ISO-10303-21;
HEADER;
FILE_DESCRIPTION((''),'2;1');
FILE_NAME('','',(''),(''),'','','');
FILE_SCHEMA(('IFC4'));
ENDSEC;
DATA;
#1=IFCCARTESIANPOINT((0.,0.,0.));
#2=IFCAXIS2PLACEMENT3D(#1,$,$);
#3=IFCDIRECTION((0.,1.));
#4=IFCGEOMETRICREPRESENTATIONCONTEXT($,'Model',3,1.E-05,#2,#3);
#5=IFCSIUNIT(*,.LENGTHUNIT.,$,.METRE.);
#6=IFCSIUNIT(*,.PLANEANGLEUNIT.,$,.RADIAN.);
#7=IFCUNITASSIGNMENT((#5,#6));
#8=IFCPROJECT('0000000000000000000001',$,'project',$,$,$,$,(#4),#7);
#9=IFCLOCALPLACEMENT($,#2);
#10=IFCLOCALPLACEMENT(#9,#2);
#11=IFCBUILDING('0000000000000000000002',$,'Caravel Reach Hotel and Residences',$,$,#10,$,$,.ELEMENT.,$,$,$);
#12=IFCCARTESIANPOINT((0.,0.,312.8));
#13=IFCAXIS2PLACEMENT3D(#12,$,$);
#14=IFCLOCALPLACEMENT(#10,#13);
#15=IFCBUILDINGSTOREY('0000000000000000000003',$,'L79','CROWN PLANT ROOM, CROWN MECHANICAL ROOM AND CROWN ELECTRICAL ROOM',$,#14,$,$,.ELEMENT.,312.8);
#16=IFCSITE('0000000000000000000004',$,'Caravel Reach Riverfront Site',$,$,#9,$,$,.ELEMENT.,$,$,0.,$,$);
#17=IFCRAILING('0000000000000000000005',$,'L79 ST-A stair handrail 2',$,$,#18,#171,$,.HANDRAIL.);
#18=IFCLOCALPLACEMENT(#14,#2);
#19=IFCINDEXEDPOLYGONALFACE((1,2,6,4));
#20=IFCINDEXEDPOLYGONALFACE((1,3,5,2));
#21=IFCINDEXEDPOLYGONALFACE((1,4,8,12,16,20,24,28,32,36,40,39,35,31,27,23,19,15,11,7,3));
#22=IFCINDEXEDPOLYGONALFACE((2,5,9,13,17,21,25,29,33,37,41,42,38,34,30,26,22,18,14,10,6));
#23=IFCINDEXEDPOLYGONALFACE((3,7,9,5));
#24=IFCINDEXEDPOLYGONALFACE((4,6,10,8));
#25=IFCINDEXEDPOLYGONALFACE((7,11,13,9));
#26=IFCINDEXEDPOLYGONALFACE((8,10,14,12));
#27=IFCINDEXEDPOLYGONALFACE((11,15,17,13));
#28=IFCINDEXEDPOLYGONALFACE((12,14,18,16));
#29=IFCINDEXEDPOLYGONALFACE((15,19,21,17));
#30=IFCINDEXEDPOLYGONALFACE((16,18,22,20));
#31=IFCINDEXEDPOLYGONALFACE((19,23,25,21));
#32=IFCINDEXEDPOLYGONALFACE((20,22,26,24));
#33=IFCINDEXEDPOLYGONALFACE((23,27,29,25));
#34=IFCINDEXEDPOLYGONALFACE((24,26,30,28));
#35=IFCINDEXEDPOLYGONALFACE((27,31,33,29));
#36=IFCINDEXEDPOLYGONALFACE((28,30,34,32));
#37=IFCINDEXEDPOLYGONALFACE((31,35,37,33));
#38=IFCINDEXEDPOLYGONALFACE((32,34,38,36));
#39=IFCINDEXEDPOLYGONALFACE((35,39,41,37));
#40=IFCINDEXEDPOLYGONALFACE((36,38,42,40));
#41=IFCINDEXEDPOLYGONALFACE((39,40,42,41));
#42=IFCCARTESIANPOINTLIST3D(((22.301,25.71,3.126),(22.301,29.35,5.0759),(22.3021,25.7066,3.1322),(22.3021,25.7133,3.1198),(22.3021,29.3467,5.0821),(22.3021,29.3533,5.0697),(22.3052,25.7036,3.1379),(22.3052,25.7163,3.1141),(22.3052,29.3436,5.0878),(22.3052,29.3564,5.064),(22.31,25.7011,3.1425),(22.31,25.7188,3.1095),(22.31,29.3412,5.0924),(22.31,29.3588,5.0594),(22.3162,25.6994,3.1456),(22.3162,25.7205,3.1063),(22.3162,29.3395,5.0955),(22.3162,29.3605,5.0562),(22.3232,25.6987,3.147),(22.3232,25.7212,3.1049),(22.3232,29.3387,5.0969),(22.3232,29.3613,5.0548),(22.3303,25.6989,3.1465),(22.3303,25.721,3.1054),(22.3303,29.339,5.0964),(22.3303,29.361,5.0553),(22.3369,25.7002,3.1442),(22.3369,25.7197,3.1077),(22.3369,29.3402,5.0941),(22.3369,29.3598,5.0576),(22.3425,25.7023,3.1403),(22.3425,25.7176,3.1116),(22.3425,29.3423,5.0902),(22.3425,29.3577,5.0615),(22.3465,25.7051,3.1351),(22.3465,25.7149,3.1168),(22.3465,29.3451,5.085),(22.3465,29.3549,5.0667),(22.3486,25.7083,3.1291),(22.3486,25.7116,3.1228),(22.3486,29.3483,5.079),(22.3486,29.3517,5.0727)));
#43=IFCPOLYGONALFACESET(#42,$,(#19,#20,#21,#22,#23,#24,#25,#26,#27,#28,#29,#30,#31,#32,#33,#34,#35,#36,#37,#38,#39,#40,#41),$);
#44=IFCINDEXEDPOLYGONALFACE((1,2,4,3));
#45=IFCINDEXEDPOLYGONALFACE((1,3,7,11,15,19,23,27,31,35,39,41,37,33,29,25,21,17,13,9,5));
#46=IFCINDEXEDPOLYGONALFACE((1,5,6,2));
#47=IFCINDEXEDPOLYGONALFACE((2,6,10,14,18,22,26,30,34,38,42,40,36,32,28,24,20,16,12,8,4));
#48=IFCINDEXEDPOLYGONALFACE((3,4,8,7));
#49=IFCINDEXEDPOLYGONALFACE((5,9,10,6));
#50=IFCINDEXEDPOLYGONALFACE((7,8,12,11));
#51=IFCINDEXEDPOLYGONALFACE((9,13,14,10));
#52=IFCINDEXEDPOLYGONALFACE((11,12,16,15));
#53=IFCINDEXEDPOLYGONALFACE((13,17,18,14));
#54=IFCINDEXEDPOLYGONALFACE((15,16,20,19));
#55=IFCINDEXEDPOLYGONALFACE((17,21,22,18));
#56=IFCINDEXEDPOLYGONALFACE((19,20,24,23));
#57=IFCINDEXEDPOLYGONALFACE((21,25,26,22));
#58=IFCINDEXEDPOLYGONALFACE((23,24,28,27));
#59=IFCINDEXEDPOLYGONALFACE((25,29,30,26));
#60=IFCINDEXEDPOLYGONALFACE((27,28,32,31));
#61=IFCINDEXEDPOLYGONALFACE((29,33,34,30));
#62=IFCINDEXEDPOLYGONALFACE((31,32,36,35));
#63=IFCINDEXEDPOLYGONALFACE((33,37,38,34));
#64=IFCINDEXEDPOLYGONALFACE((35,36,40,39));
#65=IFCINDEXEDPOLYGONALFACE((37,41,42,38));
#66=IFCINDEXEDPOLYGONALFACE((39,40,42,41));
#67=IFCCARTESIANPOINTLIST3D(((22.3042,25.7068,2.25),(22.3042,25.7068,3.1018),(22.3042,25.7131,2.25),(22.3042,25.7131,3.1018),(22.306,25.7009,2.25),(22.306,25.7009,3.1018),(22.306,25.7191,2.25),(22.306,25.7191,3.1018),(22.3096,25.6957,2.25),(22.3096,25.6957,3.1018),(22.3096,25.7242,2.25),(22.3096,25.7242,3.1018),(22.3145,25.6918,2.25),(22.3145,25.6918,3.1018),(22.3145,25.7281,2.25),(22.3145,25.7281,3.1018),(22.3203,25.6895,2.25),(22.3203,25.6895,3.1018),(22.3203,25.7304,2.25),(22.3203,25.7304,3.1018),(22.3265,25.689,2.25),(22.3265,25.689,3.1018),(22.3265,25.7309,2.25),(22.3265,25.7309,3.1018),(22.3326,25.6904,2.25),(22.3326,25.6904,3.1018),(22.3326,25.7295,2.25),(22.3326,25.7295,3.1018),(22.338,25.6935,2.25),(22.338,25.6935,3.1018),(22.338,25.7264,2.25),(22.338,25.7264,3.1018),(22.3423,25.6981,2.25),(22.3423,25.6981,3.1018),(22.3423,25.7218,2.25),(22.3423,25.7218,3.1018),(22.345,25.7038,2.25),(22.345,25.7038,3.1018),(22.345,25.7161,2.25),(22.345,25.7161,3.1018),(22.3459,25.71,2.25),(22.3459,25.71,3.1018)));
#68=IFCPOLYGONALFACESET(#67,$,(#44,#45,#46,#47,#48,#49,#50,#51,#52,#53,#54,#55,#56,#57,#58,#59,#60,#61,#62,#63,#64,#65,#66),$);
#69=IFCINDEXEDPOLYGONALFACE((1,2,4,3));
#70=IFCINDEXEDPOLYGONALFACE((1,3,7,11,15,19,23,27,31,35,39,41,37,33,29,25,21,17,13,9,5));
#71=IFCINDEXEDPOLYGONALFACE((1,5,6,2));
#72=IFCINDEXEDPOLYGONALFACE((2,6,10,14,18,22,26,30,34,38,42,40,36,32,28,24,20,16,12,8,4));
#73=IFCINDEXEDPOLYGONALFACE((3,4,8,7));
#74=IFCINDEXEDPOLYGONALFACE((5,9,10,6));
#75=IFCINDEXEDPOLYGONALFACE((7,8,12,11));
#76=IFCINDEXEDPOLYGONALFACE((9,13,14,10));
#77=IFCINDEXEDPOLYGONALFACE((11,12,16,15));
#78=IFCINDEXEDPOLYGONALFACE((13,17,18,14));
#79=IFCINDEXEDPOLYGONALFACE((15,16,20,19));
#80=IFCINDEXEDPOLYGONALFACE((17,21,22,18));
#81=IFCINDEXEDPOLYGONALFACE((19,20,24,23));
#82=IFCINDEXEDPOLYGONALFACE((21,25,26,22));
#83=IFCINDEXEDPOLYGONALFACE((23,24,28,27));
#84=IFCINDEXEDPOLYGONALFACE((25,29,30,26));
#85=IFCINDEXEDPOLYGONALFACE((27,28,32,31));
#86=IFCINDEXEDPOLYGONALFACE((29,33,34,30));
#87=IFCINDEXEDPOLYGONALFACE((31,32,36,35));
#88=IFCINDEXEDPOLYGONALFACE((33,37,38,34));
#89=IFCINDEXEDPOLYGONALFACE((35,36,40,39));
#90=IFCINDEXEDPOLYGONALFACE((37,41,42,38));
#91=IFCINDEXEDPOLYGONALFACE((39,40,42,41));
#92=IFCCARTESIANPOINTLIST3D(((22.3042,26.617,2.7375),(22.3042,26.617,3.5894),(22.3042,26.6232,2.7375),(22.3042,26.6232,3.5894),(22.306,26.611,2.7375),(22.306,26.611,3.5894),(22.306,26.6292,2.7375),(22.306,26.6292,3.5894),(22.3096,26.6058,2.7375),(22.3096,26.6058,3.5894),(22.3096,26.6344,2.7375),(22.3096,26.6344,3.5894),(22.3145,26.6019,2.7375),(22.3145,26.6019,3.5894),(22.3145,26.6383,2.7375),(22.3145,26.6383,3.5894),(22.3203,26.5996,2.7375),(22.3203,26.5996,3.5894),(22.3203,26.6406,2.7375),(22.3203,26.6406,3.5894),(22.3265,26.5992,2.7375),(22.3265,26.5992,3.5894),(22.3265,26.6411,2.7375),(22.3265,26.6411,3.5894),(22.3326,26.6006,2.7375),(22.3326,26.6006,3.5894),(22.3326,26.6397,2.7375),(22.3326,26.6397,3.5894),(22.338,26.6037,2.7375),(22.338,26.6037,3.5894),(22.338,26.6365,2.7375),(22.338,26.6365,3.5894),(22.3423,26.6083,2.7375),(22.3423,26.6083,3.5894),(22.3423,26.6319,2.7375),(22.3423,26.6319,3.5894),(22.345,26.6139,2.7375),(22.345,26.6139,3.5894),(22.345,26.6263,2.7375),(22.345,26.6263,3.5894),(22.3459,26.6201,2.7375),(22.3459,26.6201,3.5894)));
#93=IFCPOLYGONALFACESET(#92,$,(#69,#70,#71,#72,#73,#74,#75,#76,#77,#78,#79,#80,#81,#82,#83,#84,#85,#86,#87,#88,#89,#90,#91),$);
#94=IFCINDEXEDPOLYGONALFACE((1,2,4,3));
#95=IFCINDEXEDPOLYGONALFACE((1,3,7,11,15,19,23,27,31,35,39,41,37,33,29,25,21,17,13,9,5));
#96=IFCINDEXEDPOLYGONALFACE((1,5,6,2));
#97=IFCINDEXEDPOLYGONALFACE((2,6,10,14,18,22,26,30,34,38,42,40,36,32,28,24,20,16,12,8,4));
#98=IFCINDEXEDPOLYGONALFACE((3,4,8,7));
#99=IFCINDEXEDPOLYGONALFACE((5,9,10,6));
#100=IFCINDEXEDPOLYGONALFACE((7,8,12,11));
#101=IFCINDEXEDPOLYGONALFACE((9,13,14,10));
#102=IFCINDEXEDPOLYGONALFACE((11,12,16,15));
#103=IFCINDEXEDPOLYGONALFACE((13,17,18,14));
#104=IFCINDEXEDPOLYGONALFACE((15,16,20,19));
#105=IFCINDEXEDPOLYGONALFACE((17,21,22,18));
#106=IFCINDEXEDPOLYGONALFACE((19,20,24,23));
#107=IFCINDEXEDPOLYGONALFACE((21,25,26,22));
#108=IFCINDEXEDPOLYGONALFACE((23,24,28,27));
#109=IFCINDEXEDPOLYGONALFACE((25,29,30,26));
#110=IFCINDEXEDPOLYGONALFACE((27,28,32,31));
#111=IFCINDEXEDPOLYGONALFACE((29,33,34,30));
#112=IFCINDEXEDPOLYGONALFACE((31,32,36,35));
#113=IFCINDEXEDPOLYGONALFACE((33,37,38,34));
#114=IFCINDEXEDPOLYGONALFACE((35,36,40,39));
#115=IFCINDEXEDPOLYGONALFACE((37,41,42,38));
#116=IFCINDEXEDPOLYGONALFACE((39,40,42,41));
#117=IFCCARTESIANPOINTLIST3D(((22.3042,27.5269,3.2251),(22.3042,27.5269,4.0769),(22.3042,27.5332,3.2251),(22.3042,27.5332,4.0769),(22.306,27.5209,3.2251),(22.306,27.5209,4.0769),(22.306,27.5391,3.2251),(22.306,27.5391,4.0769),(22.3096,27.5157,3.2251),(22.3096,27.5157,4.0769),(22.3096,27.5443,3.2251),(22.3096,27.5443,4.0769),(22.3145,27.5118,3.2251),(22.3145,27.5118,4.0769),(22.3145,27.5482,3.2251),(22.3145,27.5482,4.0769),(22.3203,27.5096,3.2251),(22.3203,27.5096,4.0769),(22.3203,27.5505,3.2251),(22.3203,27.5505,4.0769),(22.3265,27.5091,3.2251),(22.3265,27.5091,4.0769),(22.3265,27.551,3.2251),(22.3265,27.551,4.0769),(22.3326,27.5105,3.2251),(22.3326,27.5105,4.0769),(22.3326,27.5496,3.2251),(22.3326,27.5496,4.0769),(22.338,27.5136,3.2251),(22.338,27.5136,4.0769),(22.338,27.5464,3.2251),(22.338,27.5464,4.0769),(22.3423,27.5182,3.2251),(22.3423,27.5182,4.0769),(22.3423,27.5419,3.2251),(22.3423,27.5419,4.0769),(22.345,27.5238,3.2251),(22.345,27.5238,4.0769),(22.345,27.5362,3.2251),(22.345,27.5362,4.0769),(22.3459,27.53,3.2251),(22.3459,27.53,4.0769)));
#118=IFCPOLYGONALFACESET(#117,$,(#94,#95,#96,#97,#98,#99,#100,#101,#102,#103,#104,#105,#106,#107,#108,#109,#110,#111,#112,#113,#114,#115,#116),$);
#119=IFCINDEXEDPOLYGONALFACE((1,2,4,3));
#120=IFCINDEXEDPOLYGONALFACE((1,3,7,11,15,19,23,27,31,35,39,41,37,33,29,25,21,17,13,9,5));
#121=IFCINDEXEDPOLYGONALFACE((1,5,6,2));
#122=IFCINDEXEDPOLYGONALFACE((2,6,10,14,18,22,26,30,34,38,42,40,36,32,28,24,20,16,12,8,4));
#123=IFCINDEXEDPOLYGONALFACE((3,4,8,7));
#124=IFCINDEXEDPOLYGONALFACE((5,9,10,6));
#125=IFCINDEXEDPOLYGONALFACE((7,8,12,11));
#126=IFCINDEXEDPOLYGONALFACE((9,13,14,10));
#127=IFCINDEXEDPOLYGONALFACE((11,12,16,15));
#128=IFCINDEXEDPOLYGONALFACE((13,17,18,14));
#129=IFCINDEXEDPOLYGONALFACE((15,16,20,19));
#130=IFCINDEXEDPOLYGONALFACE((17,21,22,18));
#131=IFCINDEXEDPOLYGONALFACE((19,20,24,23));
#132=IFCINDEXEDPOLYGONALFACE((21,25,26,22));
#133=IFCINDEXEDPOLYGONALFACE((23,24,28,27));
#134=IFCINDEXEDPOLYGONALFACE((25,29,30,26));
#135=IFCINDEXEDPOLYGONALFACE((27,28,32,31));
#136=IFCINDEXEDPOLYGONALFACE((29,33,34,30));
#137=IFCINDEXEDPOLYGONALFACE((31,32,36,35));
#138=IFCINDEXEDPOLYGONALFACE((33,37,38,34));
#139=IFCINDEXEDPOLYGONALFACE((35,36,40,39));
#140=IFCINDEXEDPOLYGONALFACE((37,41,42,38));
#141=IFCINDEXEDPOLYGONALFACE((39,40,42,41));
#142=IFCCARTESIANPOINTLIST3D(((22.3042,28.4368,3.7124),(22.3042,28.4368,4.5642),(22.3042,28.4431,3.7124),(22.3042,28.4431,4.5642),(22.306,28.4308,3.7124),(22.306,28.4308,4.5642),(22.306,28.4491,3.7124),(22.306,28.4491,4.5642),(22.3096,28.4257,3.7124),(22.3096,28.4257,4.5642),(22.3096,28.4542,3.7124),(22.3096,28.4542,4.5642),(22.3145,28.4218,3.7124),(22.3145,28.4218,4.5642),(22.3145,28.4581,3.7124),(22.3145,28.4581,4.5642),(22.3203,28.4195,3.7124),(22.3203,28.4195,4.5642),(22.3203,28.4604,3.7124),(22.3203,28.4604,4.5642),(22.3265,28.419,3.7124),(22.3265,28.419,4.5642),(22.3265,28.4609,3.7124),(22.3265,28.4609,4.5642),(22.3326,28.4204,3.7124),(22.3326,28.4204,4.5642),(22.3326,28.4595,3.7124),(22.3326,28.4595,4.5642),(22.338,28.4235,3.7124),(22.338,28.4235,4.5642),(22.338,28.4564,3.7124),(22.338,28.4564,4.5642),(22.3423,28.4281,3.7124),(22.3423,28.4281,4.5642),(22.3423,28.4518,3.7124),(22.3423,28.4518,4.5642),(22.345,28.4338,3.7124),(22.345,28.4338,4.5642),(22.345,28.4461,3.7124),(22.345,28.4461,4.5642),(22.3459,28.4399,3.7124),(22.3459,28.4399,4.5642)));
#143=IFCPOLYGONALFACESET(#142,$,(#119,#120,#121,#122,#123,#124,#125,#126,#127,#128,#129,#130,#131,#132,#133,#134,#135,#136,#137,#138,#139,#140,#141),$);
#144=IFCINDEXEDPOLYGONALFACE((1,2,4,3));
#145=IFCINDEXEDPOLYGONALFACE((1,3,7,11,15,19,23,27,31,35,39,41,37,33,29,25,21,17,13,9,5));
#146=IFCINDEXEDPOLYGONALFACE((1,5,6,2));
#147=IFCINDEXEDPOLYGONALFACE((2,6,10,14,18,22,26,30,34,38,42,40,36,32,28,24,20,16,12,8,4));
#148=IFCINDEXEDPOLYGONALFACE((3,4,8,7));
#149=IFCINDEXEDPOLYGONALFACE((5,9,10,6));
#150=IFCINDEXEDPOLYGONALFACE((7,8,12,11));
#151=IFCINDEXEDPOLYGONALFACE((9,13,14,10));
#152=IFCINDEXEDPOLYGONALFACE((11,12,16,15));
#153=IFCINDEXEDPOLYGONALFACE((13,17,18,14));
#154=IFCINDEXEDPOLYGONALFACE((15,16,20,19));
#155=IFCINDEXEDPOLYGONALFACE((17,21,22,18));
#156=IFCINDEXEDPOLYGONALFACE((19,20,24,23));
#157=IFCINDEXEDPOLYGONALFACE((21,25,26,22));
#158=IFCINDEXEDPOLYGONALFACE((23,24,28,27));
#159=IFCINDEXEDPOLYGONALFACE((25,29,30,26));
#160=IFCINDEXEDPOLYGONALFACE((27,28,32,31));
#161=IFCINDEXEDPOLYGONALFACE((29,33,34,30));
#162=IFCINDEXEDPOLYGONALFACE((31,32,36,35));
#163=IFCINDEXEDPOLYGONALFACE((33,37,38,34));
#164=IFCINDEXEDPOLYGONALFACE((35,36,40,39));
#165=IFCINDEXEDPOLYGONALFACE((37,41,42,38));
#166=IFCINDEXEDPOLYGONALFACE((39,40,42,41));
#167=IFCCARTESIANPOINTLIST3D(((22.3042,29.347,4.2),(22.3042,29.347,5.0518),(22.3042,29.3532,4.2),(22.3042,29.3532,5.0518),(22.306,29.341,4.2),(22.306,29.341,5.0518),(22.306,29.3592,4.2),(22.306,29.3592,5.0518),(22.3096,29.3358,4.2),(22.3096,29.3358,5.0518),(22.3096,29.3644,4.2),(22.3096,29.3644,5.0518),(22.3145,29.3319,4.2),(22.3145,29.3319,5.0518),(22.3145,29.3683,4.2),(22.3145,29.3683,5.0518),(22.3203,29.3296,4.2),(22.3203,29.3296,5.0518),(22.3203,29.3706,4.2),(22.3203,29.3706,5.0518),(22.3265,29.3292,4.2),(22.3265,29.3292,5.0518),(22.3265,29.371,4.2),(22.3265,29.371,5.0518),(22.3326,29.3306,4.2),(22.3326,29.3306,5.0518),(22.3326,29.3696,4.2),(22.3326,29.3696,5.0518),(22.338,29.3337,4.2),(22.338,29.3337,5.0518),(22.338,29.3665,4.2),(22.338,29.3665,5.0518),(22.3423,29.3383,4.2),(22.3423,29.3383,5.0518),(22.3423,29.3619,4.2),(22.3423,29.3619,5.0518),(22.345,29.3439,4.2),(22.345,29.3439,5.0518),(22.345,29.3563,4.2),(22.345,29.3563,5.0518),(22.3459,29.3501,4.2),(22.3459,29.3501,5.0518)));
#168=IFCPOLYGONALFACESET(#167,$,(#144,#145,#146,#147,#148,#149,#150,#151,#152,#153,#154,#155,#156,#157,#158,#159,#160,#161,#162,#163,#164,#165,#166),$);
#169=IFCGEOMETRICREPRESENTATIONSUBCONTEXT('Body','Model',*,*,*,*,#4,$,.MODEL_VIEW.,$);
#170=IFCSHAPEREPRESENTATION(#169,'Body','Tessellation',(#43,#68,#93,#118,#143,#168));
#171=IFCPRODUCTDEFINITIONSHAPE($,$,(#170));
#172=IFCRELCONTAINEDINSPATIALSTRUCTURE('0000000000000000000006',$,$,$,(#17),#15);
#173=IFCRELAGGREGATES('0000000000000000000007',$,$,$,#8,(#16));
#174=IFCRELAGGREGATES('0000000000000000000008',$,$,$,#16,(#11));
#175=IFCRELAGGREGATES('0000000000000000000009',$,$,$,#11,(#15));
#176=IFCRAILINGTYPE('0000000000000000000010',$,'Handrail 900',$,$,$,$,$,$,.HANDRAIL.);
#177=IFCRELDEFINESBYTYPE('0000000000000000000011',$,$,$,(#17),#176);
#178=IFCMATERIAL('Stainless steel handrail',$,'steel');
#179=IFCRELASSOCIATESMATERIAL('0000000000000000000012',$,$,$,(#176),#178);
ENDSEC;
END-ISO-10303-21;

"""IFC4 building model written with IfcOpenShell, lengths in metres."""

from ifc_helpers import new_model, si_unit, direction, frame, origin, origin_2d, place, context, subcontext, project, spatial, circle, extrude, material, type_object, element, save


model = new_model("IFC4")

# Units and contexts
model_context = context("Model", 3, precision=1e-05, world=origin(), true_north=direction((0.0, 1.0)))
body_context = subcontext(model_context, "Body", "Model", "MODEL_VIEW")
ifc_project = project(units=[si_unit("LENGTHUNIT", "METRE"), si_unit("PLANEANGLEUNIT", "RADIAN")], contexts=[model_context])

# Site, building, storey
site_placement = place(None, origin())
site = spatial("IfcSite", under=ifc_project, at=site_placement, Name="Caravel Reach Riverfront Site", CompositionType="ELEMENT", RefElevation=0.0)
building_placement = place(site_placement, origin())
building = spatial("IfcBuilding", under=site, at=building_placement, Name="Caravel Reach Hotel and Residences", CompositionType="ELEMENT")
storey_placement = place(building_placement, frame((0.0, 0.0, 312.8)))
storey = spatial("IfcBuildingStorey", under=building, at=storey_placement, Name="L79", Description="CROWN PLANT ROOM, CROWN MECHANICAL ROOM AND CROWN ELECTRICAL ROOM", CompositionType="ELEMENT", Elevation=312.8)

# Railing
ifc_material_1 = material(Name="Stainless steel handrail", Category="steel")
railing_type_1 = type_object("IfcRailingType", Name="Handrail 900", PredefinedType="HANDRAIL", material=ifc_material_1)
railing_1_placement = place(storey_placement, frame((22.325, 25.71, 2.25)))
element("IfcRailing", 1, at=railing_1_placement, inside=storey, type_object=railing_type_1, Name="L79 ST-A stair handrail 2", PredefinedType="HANDRAIL", context=body_context, shape_type="SweptSolid", body=[
    extrude(circle(Radius=0.0239, at=origin_2d()), frame((0.0, 0.0, 0.876), z_axis=(0.0, 0.881492, 0.472198), x_axis=(-1.0, 0.0, 0.0)), (0.0, 0.0, 1.0), 4.1294),
    extrude(circle(Radius=0.021, at=origin_2d()), origin(), (0.0, 0.0, 1.0), 0.8518),
    extrude(circle(Radius=0.021, at=origin_2d()), frame((0.0, 0.9102, 0.4875)), (0.0, 0.0, 1.0), 0.8518),
    extrude(circle(Radius=0.021, at=origin_2d()), frame((0.0, 1.8201, 0.9751)), (0.0, 0.0, 1.0), 0.8518),
    extrude(circle(Radius=0.021, at=origin_2d()), frame((0.0, 2.73, 1.4624)), (0.0, 0.0, 1.0), 0.8518),
    extrude(circle(Radius=0.021, at=origin_2d()), frame((0.0, 3.6401, 1.95)), (0.0, 0.0, 1.0), 0.8518),
])

save(model, "model.ifc")
